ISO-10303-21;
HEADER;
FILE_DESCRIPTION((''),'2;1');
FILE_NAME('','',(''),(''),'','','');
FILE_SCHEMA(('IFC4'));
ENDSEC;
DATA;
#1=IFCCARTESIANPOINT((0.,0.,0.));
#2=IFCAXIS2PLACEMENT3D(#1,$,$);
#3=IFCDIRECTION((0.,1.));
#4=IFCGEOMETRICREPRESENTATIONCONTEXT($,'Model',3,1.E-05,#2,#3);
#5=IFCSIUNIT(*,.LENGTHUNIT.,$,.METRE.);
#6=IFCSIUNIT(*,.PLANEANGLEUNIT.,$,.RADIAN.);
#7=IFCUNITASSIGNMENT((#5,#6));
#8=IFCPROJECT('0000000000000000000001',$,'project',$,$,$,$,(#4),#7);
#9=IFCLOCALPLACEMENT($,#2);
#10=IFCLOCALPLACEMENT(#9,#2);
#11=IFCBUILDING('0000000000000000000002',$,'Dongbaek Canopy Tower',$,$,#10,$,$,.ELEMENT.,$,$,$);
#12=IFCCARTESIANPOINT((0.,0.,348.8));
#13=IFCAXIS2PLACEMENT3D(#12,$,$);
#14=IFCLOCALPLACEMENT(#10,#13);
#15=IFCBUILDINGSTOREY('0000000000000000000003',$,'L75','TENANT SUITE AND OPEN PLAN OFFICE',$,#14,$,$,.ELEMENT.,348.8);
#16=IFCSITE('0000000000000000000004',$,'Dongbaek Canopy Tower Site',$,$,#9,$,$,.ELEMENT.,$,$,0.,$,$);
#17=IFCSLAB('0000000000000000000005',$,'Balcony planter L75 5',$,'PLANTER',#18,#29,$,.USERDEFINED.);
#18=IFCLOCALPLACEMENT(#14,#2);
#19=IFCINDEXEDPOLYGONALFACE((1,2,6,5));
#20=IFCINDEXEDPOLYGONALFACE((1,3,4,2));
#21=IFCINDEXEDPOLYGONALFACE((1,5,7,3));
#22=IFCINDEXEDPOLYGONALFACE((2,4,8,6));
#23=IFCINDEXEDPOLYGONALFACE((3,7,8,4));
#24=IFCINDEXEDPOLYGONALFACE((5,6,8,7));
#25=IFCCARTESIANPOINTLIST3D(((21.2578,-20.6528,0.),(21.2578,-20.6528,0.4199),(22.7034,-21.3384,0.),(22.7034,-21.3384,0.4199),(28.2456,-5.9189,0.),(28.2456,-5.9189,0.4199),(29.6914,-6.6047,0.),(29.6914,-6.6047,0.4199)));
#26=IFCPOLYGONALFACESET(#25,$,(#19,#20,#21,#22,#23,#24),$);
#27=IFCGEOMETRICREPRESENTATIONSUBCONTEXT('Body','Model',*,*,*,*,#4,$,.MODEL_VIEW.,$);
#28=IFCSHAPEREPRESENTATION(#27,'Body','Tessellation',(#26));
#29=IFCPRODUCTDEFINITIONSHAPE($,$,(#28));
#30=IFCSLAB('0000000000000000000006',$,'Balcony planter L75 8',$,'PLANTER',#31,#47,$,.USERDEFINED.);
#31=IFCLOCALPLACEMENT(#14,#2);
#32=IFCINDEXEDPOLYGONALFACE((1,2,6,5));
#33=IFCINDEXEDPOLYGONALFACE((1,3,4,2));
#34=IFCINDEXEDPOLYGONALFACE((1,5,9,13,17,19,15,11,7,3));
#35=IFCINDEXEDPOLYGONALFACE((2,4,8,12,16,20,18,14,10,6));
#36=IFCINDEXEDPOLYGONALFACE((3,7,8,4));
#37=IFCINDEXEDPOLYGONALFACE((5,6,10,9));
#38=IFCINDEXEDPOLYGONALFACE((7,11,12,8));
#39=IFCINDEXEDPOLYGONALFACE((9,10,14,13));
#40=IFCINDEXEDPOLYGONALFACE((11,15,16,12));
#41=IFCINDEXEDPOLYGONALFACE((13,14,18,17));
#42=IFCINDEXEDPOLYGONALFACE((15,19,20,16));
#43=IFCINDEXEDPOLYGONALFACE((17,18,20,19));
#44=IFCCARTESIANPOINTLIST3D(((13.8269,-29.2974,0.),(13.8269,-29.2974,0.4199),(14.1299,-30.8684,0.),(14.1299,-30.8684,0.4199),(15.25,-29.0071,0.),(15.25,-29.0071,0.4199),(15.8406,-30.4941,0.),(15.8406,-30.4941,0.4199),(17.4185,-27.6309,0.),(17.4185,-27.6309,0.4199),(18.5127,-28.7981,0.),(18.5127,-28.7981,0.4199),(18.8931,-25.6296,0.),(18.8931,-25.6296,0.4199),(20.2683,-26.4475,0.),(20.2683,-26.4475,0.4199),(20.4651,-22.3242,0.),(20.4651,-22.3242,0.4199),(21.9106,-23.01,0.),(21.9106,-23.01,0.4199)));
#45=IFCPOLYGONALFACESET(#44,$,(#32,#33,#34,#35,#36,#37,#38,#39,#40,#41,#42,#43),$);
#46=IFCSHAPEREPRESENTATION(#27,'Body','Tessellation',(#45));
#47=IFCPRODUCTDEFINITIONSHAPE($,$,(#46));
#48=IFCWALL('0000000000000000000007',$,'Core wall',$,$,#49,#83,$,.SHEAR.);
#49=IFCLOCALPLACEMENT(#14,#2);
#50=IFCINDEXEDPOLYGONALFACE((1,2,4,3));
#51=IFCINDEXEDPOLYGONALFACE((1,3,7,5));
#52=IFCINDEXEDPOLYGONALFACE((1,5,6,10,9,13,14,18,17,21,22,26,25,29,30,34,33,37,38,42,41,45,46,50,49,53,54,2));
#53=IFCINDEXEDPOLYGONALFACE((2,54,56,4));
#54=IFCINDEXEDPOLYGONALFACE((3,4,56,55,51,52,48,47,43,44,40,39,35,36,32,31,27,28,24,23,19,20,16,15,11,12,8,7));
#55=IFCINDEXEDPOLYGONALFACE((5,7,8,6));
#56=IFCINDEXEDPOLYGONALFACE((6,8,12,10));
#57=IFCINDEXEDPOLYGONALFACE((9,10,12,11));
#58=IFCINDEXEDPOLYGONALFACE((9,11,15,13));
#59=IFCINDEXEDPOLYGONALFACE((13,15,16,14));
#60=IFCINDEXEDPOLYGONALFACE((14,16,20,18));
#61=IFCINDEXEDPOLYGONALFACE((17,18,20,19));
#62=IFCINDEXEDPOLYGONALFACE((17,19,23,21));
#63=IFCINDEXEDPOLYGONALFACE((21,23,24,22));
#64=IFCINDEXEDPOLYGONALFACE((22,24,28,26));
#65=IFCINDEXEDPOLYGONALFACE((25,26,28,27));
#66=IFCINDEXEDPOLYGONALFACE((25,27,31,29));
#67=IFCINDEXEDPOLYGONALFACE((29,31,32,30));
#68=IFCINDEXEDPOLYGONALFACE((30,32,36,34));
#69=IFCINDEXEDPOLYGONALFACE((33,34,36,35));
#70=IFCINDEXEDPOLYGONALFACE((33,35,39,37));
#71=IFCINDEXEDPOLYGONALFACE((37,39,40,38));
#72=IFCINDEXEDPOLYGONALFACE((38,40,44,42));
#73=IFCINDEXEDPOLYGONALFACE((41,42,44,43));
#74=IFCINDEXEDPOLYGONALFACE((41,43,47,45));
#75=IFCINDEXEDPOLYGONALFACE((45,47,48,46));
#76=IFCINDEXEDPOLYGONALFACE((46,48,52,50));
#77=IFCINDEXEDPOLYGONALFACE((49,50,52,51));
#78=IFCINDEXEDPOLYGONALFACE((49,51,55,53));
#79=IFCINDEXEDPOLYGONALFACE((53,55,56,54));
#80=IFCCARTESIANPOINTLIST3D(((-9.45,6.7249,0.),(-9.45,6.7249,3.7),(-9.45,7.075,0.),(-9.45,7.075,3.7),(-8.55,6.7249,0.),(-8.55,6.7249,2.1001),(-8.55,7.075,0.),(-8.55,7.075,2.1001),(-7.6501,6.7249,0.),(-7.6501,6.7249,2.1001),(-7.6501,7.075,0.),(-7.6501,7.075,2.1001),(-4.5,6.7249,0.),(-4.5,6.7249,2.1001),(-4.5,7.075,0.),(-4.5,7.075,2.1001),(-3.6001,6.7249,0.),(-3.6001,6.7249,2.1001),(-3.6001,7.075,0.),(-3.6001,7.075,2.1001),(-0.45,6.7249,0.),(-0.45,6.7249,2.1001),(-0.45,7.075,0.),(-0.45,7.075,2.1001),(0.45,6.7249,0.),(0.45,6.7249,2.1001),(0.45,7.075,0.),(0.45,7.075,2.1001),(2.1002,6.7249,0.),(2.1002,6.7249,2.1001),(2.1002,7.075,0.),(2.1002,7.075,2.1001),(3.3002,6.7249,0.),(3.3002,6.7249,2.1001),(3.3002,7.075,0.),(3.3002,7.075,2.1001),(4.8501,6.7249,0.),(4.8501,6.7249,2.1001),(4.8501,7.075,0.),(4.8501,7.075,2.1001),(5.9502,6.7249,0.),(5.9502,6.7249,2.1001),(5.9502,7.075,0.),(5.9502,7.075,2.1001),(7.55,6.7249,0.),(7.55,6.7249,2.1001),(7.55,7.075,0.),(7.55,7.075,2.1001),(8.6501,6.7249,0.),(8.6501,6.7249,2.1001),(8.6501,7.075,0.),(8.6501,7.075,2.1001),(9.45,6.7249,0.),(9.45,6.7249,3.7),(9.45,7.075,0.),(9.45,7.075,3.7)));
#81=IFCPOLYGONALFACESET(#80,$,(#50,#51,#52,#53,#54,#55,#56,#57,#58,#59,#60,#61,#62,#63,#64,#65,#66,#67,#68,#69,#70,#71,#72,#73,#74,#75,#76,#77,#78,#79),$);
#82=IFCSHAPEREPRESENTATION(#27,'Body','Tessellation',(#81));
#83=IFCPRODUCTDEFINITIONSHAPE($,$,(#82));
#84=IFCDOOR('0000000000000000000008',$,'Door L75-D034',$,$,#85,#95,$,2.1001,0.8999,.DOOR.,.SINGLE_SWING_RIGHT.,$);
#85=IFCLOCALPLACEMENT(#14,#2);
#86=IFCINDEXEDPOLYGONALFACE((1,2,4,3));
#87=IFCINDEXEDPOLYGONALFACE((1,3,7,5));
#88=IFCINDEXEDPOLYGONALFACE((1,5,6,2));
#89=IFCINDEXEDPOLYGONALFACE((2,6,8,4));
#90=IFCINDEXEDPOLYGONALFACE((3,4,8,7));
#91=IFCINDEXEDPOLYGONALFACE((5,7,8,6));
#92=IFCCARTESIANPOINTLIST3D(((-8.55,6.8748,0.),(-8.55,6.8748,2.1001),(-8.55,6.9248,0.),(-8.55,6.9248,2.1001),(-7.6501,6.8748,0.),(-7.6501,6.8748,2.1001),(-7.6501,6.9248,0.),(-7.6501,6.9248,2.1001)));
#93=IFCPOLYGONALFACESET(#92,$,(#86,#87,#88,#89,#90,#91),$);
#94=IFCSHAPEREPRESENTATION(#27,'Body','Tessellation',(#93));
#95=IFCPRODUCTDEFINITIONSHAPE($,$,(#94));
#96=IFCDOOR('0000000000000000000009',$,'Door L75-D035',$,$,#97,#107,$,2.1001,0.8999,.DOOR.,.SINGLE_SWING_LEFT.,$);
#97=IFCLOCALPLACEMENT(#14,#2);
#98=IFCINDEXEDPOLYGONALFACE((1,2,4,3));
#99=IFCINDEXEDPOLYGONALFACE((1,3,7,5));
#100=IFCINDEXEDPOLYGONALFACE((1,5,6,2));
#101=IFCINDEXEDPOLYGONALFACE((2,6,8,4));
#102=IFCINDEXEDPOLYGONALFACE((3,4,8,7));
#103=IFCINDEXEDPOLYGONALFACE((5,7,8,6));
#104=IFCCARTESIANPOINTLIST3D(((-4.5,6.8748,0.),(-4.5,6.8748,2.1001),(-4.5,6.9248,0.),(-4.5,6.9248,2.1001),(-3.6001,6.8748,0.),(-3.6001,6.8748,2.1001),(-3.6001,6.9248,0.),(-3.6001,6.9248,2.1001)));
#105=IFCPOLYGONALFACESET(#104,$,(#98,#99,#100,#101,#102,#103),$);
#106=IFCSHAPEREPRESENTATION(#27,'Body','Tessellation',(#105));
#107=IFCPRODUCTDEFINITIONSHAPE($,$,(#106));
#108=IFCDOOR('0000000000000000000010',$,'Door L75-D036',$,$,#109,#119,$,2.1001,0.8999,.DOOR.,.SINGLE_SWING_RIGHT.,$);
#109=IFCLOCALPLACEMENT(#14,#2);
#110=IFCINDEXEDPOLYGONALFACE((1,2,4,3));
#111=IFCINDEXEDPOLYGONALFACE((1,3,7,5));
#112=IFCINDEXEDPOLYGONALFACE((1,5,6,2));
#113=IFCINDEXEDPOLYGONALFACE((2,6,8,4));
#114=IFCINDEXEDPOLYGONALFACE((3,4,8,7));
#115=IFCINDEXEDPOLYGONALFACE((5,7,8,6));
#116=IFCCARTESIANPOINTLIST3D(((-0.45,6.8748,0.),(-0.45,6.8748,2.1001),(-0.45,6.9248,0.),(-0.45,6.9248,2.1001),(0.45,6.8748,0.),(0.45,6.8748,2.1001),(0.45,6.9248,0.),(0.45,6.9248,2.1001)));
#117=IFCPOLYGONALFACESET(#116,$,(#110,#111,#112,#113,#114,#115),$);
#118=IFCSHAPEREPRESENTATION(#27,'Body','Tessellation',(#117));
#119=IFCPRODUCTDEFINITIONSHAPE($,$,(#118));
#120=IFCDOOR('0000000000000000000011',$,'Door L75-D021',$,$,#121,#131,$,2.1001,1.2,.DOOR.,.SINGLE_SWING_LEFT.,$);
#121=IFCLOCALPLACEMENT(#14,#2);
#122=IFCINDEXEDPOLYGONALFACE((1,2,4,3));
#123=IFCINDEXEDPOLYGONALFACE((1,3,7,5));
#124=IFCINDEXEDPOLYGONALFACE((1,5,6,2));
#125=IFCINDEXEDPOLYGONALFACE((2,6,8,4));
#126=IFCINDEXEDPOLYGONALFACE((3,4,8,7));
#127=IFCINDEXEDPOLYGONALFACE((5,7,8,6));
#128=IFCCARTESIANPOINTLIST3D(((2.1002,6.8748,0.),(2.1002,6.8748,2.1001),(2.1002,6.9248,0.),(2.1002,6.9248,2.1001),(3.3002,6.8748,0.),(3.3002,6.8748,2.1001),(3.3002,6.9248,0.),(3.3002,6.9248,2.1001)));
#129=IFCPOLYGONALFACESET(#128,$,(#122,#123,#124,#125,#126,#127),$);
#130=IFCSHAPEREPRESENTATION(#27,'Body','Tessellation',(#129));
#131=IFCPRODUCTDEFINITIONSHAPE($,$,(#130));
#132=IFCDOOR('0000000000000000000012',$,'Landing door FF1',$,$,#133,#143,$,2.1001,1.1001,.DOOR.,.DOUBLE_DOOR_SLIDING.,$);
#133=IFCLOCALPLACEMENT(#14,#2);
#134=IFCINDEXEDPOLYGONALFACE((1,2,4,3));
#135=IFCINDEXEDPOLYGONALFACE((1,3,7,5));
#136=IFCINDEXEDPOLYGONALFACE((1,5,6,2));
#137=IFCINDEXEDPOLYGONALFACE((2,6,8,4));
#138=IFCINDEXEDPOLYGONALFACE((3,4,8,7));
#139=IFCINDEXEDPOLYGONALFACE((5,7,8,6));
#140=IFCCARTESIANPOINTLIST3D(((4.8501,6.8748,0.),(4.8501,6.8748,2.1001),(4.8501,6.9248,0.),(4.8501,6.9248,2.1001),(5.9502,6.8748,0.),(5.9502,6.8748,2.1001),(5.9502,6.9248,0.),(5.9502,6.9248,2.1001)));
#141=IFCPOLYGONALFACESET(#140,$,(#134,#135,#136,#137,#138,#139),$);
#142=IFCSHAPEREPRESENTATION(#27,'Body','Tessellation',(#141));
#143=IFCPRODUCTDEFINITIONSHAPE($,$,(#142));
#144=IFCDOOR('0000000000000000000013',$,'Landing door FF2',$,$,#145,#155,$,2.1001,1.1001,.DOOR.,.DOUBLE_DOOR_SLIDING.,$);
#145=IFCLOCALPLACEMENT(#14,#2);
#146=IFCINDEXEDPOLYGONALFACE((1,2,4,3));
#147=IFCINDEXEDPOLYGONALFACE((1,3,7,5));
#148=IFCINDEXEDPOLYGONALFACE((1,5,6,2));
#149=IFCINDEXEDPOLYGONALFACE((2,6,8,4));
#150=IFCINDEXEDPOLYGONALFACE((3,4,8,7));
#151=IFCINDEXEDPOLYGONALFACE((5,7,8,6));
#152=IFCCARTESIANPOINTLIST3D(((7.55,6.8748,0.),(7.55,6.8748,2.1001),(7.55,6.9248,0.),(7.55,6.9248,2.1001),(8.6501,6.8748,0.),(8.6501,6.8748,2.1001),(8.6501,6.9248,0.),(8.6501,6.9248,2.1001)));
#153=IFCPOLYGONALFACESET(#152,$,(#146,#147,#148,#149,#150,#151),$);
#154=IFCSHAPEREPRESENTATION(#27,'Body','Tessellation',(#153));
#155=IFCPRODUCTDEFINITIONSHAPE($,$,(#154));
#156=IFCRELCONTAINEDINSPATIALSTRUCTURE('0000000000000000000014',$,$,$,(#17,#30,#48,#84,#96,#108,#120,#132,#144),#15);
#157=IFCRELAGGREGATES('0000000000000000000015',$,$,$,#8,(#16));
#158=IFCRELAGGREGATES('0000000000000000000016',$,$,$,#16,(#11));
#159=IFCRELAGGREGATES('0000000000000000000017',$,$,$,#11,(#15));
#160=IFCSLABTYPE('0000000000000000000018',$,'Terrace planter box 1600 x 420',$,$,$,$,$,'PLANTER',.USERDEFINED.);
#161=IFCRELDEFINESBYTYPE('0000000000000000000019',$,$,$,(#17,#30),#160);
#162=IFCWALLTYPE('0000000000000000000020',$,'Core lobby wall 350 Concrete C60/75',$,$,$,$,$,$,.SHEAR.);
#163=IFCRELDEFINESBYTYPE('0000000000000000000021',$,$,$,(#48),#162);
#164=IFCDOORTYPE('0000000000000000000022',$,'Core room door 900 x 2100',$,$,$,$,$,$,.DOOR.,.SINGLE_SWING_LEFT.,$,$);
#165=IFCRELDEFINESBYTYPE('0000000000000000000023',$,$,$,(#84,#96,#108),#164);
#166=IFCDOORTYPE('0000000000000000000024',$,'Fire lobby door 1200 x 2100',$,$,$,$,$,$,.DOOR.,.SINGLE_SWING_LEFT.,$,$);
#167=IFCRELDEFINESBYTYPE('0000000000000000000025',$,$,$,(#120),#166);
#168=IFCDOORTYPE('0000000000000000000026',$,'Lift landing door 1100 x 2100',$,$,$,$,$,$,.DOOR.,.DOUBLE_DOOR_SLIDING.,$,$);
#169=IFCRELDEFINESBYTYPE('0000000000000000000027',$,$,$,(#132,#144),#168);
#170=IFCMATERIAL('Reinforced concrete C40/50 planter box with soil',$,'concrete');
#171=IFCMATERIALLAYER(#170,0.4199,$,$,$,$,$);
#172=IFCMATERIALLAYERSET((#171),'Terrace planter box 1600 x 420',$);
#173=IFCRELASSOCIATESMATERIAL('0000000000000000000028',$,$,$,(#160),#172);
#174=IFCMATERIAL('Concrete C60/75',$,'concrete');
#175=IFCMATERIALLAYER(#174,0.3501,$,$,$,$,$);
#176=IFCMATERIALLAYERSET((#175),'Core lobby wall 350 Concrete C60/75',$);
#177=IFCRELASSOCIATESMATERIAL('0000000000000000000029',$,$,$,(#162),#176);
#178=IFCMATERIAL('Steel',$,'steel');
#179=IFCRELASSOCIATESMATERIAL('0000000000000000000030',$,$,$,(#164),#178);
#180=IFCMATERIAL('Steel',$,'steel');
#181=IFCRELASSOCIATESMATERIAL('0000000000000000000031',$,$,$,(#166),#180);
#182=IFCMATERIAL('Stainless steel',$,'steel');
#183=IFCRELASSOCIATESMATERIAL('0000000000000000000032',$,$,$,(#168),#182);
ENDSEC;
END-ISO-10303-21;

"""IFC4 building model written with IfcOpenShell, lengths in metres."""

from ifc_helpers import new_model, si_unit, direction, frame, frame_2d, origin, place, context, subcontext, project, spatial, polyline, rectangle, outline, extrude, material, layer, layer_set, type_object, element, fill, save


model = new_model("IFC4")

# Units and contexts
model_context = context("Model", 3, precision=1e-05, world=origin(), true_north=direction((0.0, 1.0)))
body_context = subcontext(model_context, "Body", "Model", "MODEL_VIEW")
ifc_project = project(units=[si_unit("LENGTHUNIT", "METRE"), si_unit("PLANEANGLEUNIT", "RADIAN")], contexts=[model_context])

# Site, building, storey
site_placement = place(None, origin())
site = spatial("IfcSite", under=ifc_project, at=site_placement, Name="Dongbaek Canopy Tower Site", CompositionType="ELEMENT", RefElevation=0.0)
building_placement = place(site_placement, origin())
building = spatial("IfcBuilding", under=site, at=building_placement, Name="Dongbaek Canopy Tower", CompositionType="ELEMENT")
storey_placement = place(building_placement, frame((0.0, 0.0, 348.8)))
storey = spatial("IfcBuildingStorey", under=building, at=storey_placement, Name="L75", Description="TENANT SUITE AND OPEN PLAN OFFICE", CompositionType="ELEMENT", Elevation=348.8)

# Slabs
ifc_material_1 = material(Name="Reinforced concrete C40/50 planter box with soil", Category="concrete")
ifc_layer_1 = layer(ifc_material_1, 0.4199)
ifc_layer_set_1 = layer_set([ifc_layer_1], Name="Terrace planter box 1600 x 420")
slab_type_1 = type_object("IfcSlabType", Name="Terrace planter box 1600 x 420", ElementType="PLANTER", PredefinedType="USERDEFINED", material=ifc_layer_set_1)
slab_1_placement = place(storey_placement, origin())
element("IfcSlab", 1, at=slab_1_placement, inside=storey, type_object=slab_type_1, Name="Balcony planter L75 5", ObjectType="PLANTER", PredefinedType="USERDEFINED", context=body_context, shape_type="SweptSolid", body=[
    extrude(outline(polyline([(21.2578, -20.6528), (28.2456, -5.9189), (29.6914, -6.6047), (22.7034, -21.3384), (21.2578, -20.6528)])), origin(), (0.0, 0.0, 1.0), 0.4199),
])
slab_2_placement = place(storey_placement, origin())
element("IfcSlab", 2, at=slab_2_placement, inside=storey, type_object=slab_type_1, Name="Balcony planter L75 8", ObjectType="PLANTER", PredefinedType="USERDEFINED", context=body_context, shape_type="SweptSolid", body=[
    extrude(outline(polyline([(13.8269, -29.2974), (15.25, -29.0071), (17.4185, -27.6309), (18.8931, -25.6296), (20.4651, -22.3242), (21.9106, -23.01), (20.2683, -26.4475), (18.5127, -28.7981), (15.8406, -30.4941), (14.1299, -30.8684), (13.8269, -29.2974)])), origin(), (0.0, 0.0, 1.0), 0.4199),
])

# Wall, openings, doors
ifc_material_2 = material(Name="Concrete C60/75", Category="concrete")
ifc_layer_2 = layer(ifc_material_2, 0.3501)
ifc_layer_set_2 = layer_set([ifc_layer_2], Name="Core lobby wall 350 Concrete C60/75")
wall_type_1 = type_object("IfcWallType", Name="Core lobby wall 350 Concrete C60/75", PredefinedType="SHEAR", material=ifc_layer_set_2)
wall_1_placement = place(storey_placement, frame((-9.45, 6.8999, 0.0), z_axis=(0.0, 0.0, 1.0), x_axis=(1.0, 0.0, 0.0)))
wall_1 = element("IfcWall", 3, at=wall_1_placement, inside=storey, type_object=wall_type_1, Name="Core wall", PredefinedType="SHEAR", context=body_context, shape_type="SweptSolid", body=[
    extrude(rectangle(XDim=18.8999, YDim=0.3501, at=frame_2d((9.45, 0.0))), origin(), (0.0, 0.0, 1.0), 3.7),
])
opening_1_placement = place(wall_1_placement, frame((11.55, 0.0, 0.0)))
opening_1 = element("IfcOpeningElement", 4, at=opening_1_placement, cuts=wall_1, PredefinedType="OPENING", context=body_context, shape_type="SweptSolid", body=[
    extrude(rectangle(XDim=1.2, YDim=2.1001, at=frame_2d((0.6001, 1.05))), frame((0.0, 0.1851, 0.0), z_axis=(0.0, -1.0, 0.0), x_axis=(1.0, 0.0, 0.0)), (0.0, 0.0, 1.0), 0.3701),
])
opening_2_placement = place(wall_1_placement, frame((14.3, 0.0, 0.0)))
opening_2 = element("IfcOpeningElement", 5, at=opening_2_placement, cuts=wall_1, PredefinedType="OPENING", context=body_context, shape_type="SweptSolid", body=[
    extrude(rectangle(XDim=1.1001, YDim=2.1001, at=frame_2d((0.55, 1.05))), frame((0.0, 0.1851, 0.0), z_axis=(0.0, -1.0, 0.0), x_axis=(1.0, 0.0, 0.0)), (0.0, 0.0, 1.0), 0.3701),
])
opening_3_placement = place(wall_1_placement, frame((17.0, 0.0, 0.0)))
opening_3 = element("IfcOpeningElement", 6, at=opening_3_placement, cuts=wall_1, PredefinedType="OPENING", context=body_context, shape_type="SweptSolid", body=[
    extrude(rectangle(XDim=1.1001, YDim=2.1001, at=frame_2d((0.55, 1.05))), frame((0.0, 0.1851, 0.0), z_axis=(0.0, -1.0, 0.0), x_axis=(1.0, 0.0, 0.0)), (0.0, 0.0, 1.0), 0.3701),
])
opening_4_placement = place(wall_1_placement, frame((0.8999, 0.0, 0.0)))
opening_4 = element("IfcOpeningElement", 7, at=opening_4_placement, cuts=wall_1, PredefinedType="OPENING", context=body_context, shape_type="SweptSolid", body=[
    extrude(rectangle(XDim=0.8999, YDim=2.1001, at=frame_2d((0.45, 1.05))), frame((0.0, 0.1851, 0.0), z_axis=(0.0, -1.0, 0.0), x_axis=(1.0, 0.0, 0.0)), (0.0, 0.0, 1.0), 0.3701),
])
opening_5_placement = place(wall_1_placement, frame((4.95, 0.0, 0.0)))
opening_5 = element("IfcOpeningElement", 8, at=opening_5_placement, cuts=wall_1, PredefinedType="OPENING", context=body_context, shape_type="SweptSolid", body=[
    extrude(rectangle(XDim=0.8999, YDim=2.1001, at=frame_2d((0.45, 1.05))), frame((0.0, 0.1851, 0.0), z_axis=(0.0, -1.0, 0.0), x_axis=(1.0, 0.0, 0.0)), (0.0, 0.0, 1.0), 0.3701),
])
opening_6_placement = place(wall_1_placement, frame((9.0, 0.0, 0.0)))
opening_6 = element("IfcOpeningElement", 9, at=opening_6_placement, cuts=wall_1, PredefinedType="OPENING", context=body_context, shape_type="SweptSolid", body=[
    extrude(rectangle(XDim=0.8999, YDim=2.1001, at=frame_2d((0.45, 1.05))), frame((0.0, 0.1851, 0.0), z_axis=(0.0, -1.0, 0.0), x_axis=(1.0, 0.0, 0.0)), (0.0, 0.0, 1.0), 0.3701),
])
ifc_material_3 = material(Name="Steel", Category="steel")
door_type_1 = type_object("IfcDoorType", Name="Core room door 900 x 2100", OperationType="SINGLE_SWING_LEFT", PredefinedType="DOOR", material=ifc_material_3)
door_1_placement = place(opening_4_placement, origin())
door_1 = element("IfcDoor", 10, at=door_1_placement, inside=storey, type_object=door_type_1, Name="Door L75-D034", OperationType="SINGLE_SWING_RIGHT", OverallHeight=2.1001, OverallWidth=0.8999, PredefinedType="DOOR", context=body_context, shape_type="SweptSolid", body=[
    extrude(rectangle(XDim=0.8999, YDim=2.1001, at=frame_2d((0.45, 1.05))), frame((0.0, 0.0249, 0.0), z_axis=(0.0, -1.0, 0.0), x_axis=(1.0, 0.0, 0.0)), (0.0, 0.0, 1.0), 0.05),
])
fill(opening_4, door_1)
door_2_placement = place(opening_5_placement, origin())
door_2 = element("IfcDoor", 11, at=door_2_placement, inside=storey, type_object=door_type_1, Name="Door L75-D035", OperationType="SINGLE_SWING_LEFT", OverallHeight=2.1001, OverallWidth=0.8999, PredefinedType="DOOR", context=body_context, shape_type="SweptSolid", body=[
    extrude(rectangle(XDim=0.8999, YDim=2.1001, at=frame_2d((0.45, 1.05))), frame((0.0, 0.0249, 0.0), z_axis=(0.0, -1.0, 0.0), x_axis=(1.0, 0.0, 0.0)), (0.0, 0.0, 1.0), 0.05),
])
fill(opening_5, door_2)
door_3_placement = place(opening_6_placement, origin())
door_3 = element("IfcDoor", 12, at=door_3_placement, inside=storey, type_object=door_type_1, Name="Door L75-D036", OperationType="SINGLE_SWING_RIGHT", OverallHeight=2.1001, OverallWidth=0.8999, PredefinedType="DOOR", context=body_context, shape_type="SweptSolid", body=[
    extrude(rectangle(XDim=0.8999, YDim=2.1001, at=frame_2d((0.45, 1.05))), frame((0.0, 0.0249, 0.0), z_axis=(0.0, -1.0, 0.0), x_axis=(1.0, 0.0, 0.0)), (0.0, 0.0, 1.0), 0.05),
])
fill(opening_6, door_3)
ifc_material_4 = material(Name="Steel", Category="steel")
door_type_2 = type_object("IfcDoorType", Name="Fire lobby door 1200 x 2100", OperationType="SINGLE_SWING_LEFT", PredefinedType="DOOR", material=ifc_material_4)
door_4_placement = place(opening_1_placement, origin())
door_4 = element("IfcDoor", 13, at=door_4_placement, inside=storey, type_object=door_type_2, Name="Door L75-D021", OperationType="SINGLE_SWING_LEFT", OverallHeight=2.1001, OverallWidth=1.2, PredefinedType="DOOR", context=body_context, shape_type="SweptSolid", body=[
    extrude(rectangle(XDim=1.2, YDim=2.1001, at=frame_2d((0.6001, 1.05))), frame((0.0, 0.0249, 0.0), z_axis=(0.0, -1.0, 0.0), x_axis=(1.0, 0.0, 0.0)), (0.0, 0.0, 1.0), 0.05),
])
fill(opening_1, door_4)
ifc_material_5 = material(Name="Stainless steel", Category="steel")
door_type_3 = type_object("IfcDoorType", Name="Lift landing door 1100 x 2100", OperationType="DOUBLE_DOOR_SLIDING", PredefinedType="DOOR", material=ifc_material_5)
door_5_placement = place(opening_2_placement, origin())
door_5 = element("IfcDoor", 14, at=door_5_placement, inside=storey, type_object=door_type_3, Name="Landing door FF1", OperationType="DOUBLE_DOOR_SLIDING", OverallHeight=2.1001, OverallWidth=1.1001, PredefinedType="DOOR", context=body_context, shape_type="SweptSolid", body=[
    extrude(rectangle(XDim=1.1001, YDim=2.1001, at=frame_2d((0.55, 1.05))), frame((0.0, 0.0249, 0.0), z_axis=(0.0, -1.0, 0.0), x_axis=(1.0, 0.0, 0.0)), (0.0, 0.0, 1.0), 0.05),
])
fill(opening_2, door_5)
door_6_placement = place(opening_3_placement, origin())
door_6 = element("IfcDoor", 15, at=door_6_placement, inside=storey, type_object=door_type_3, Name="Landing door FF2", OperationType="DOUBLE_DOOR_SLIDING", OverallHeight=2.1001, OverallWidth=1.1001, PredefinedType="DOOR", context=body_context, shape_type="SweptSolid", body=[
    extrude(rectangle(XDim=1.1001, YDim=2.1001, at=frame_2d((0.55, 1.05))), frame((0.0, 0.0249, 0.0), z_axis=(0.0, -1.0, 0.0), x_axis=(1.0, 0.0, 0.0)), (0.0, 0.0, 1.0), 0.05),
])
fill(opening_3, door_6)

save(model, "model.ifc")
